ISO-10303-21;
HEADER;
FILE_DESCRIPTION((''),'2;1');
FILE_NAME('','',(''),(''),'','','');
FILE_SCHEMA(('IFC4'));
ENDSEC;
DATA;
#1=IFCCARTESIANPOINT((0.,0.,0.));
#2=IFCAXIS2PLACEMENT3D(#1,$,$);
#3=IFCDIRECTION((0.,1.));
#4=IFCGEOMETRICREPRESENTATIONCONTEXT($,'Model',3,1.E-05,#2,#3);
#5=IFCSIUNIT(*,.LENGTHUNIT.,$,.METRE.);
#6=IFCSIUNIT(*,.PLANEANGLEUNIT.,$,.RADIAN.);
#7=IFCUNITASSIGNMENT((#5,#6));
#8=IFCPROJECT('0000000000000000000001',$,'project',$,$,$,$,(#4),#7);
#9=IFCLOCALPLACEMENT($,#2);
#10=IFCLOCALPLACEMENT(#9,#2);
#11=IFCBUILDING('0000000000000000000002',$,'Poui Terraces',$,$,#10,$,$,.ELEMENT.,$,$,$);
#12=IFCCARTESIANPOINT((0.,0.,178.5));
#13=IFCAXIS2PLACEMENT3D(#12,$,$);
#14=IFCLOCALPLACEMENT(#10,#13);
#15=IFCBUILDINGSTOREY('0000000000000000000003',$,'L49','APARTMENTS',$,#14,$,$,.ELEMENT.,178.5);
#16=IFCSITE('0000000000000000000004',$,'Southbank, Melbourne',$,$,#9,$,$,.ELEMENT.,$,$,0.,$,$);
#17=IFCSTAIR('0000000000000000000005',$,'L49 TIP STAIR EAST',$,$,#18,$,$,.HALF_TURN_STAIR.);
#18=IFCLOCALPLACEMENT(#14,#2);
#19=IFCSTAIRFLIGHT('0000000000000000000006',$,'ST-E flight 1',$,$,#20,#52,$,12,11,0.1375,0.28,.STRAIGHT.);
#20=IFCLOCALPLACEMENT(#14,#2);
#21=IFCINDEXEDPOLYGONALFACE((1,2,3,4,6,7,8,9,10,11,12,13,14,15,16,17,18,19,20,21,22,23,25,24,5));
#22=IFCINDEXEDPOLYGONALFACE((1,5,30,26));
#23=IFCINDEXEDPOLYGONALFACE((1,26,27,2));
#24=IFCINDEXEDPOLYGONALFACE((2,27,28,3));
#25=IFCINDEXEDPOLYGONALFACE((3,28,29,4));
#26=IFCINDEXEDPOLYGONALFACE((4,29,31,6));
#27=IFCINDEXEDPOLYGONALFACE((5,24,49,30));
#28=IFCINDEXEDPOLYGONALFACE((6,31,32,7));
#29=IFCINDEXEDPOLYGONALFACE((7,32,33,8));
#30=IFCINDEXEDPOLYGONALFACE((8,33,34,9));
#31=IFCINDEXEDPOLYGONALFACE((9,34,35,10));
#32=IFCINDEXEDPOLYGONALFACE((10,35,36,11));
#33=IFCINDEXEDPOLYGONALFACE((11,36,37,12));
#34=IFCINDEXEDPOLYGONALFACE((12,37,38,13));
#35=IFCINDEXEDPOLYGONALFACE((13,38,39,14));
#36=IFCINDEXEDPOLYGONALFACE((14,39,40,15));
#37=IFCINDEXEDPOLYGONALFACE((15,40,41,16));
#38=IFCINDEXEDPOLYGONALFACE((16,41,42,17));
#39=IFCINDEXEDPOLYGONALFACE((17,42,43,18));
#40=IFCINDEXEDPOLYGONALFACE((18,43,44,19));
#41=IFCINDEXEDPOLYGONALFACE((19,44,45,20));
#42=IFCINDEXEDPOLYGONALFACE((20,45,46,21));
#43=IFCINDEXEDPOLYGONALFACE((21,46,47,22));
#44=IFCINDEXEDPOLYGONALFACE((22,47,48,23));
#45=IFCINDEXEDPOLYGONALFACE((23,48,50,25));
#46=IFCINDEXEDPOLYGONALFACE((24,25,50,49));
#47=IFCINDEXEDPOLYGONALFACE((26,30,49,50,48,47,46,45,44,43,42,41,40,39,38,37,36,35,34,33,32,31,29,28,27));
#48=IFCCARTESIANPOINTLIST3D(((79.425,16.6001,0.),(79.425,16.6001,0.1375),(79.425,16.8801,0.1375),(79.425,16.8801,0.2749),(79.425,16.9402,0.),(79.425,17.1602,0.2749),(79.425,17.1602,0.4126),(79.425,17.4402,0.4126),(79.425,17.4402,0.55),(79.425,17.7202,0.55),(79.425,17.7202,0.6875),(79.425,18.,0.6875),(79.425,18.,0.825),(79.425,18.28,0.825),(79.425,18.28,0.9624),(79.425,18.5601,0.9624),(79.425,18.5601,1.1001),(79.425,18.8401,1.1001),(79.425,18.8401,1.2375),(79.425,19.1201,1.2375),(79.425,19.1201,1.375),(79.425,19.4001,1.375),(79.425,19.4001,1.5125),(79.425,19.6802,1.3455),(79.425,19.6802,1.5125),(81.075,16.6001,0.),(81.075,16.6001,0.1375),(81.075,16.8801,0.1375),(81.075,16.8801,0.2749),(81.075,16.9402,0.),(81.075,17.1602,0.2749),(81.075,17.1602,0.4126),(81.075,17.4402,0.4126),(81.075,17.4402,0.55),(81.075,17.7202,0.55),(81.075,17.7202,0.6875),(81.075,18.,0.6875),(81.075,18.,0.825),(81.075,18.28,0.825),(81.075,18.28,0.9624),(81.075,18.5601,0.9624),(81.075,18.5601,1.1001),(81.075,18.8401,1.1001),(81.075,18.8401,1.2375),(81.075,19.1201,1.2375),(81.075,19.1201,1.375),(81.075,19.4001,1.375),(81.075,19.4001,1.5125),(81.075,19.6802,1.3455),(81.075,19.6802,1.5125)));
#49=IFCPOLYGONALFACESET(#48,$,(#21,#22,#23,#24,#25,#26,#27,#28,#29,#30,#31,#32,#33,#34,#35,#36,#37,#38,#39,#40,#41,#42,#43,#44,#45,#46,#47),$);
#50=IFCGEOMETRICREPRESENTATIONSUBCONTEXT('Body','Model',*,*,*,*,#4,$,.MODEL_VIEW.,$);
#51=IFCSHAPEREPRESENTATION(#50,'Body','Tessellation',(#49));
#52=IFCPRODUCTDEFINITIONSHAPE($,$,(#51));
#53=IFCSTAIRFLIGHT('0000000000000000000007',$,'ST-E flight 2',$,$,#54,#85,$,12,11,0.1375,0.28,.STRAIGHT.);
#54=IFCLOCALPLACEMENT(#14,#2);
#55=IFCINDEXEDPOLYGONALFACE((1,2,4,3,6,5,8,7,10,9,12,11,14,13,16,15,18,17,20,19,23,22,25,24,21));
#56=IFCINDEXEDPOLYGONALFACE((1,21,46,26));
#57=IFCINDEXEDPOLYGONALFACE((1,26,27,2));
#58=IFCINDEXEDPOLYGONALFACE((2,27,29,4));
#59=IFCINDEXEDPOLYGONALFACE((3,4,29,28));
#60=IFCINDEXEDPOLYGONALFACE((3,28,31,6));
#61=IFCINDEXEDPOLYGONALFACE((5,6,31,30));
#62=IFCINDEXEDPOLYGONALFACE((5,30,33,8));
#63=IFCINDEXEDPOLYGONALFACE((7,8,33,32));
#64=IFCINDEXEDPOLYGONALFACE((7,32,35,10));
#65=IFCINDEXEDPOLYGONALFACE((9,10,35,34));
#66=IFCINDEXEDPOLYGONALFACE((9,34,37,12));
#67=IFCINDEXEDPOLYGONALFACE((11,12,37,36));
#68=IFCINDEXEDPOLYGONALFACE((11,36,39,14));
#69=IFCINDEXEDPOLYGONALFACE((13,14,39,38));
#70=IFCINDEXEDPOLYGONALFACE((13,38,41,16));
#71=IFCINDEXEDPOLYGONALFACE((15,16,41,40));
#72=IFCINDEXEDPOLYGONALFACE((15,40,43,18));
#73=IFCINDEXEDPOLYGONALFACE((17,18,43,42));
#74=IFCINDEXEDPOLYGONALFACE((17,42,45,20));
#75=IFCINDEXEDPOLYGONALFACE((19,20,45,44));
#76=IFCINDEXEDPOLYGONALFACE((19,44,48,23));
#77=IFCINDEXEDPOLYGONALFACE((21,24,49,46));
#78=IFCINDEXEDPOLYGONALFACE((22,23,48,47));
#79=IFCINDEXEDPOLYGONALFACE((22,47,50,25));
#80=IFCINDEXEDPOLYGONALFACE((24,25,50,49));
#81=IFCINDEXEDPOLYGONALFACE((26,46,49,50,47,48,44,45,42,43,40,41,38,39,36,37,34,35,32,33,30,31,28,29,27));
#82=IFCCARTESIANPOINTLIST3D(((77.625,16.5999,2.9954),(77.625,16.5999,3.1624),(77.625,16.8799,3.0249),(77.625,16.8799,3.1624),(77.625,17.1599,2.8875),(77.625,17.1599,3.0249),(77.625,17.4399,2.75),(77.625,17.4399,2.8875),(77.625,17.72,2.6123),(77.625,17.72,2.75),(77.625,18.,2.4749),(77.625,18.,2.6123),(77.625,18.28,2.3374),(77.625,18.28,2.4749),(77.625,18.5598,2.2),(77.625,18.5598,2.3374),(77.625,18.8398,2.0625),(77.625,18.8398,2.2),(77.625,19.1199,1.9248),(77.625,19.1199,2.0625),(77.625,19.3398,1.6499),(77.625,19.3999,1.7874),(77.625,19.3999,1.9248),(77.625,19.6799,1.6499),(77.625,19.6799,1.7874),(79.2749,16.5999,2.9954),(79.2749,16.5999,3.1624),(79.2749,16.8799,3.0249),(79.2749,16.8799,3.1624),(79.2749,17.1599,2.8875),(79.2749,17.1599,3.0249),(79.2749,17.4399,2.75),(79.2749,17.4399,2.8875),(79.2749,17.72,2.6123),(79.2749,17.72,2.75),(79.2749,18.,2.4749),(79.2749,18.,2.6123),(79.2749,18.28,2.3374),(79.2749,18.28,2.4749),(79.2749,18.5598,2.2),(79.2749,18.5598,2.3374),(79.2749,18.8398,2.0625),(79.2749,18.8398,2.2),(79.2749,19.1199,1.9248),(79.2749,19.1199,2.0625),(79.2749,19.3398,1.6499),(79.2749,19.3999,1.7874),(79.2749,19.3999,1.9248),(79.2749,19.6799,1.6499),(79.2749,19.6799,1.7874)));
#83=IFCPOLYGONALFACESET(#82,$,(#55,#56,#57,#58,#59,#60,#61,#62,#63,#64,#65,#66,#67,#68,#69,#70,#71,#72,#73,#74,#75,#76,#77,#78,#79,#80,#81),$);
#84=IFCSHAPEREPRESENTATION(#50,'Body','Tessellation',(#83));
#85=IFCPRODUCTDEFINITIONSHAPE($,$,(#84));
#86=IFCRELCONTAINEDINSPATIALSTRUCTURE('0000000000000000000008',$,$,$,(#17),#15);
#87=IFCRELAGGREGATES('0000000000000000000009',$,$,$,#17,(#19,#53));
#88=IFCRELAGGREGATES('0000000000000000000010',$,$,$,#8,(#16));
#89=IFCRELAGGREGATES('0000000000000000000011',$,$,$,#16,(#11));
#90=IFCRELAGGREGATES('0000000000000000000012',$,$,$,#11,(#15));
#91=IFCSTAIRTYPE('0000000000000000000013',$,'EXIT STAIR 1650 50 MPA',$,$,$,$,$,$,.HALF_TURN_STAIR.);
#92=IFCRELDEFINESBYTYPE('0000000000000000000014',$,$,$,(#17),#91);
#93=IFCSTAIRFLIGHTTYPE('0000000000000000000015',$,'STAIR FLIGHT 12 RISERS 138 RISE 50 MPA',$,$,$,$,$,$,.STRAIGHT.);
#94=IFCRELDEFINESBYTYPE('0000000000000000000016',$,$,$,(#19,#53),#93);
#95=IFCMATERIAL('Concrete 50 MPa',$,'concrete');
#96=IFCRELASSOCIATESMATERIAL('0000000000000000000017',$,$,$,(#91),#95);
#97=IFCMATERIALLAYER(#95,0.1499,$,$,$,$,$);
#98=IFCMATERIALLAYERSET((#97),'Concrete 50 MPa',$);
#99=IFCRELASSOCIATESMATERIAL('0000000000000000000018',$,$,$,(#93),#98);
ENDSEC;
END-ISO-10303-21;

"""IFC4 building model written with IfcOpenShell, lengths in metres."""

from ifc_helpers import new_model, si_unit, direction, frame, origin, place, context, subcontext, project, spatial, polyline, outline, extrude, material, layer, layer_set, type_object, element, aggregate, save


model = new_model("IFC4")

# Units and contexts
model_context = context("Model", 3, precision=1e-05, world=origin(), true_north=direction((0.0, 1.0)))
body_context = subcontext(model_context, "Body", "Model", "MODEL_VIEW")
ifc_project = project(units=[si_unit("LENGTHUNIT", "METRE"), si_unit("PLANEANGLEUNIT", "RADIAN")], contexts=[model_context])

# Site, building, storey
site_placement = place(None, origin())
site = spatial("IfcSite", under=ifc_project, at=site_placement, Name="Southbank, Melbourne", CompositionType="ELEMENT", RefElevation=0.0)
building_placement = place(site_placement, origin())
building = spatial("IfcBuilding", under=site, at=building_placement, Name="Poui Terraces", CompositionType="ELEMENT")
storey_placement = place(building_placement, frame((0.0, 0.0, 178.5)))
storey = spatial("IfcBuildingStorey", under=building, at=storey_placement, Name="L49", Description="APARTMENTS", CompositionType="ELEMENT", Elevation=178.5)

# Shared definitions
ifc_material_1 = material(Name="Concrete 50 MPa", Category="concrete")

# Stair, stair flights
stair_type = type_object("IfcStairType", Name="EXIT STAIR 1650 50 MPA", PredefinedType="HALF_TURN_STAIR", material=ifc_material_1)
ifc_layer_1 = layer(ifc_material_1, 0.1499)
ifc_layer_set_1 = layer_set([ifc_layer_1], Name="Concrete 50 MPa")
stair_flight_type = type_object("IfcStairFlightType", Name="STAIR FLIGHT 12 RISERS 138 RISE 50 MPA", PredefinedType="STRAIGHT", material=ifc_layer_set_1)
stair_1_placement = place(storey_placement, origin())
stair_1 = element("IfcStair", 1, at=stair_1_placement, inside=storey, type_object=stair_type, Name="L49 TIP STAIR EAST", PredefinedType="HALF_TURN_STAIR")
stair_flight_1_placement = place(storey_placement, frame((80.25, 16.6001, 0.0), z_axis=(0.0, 0.0, 1.0), x_axis=(0.0, 1.0, 0.0)))
stair_flight_1 = element("IfcStairFlight", 2, at=stair_flight_1_placement, type_object=stair_flight_type, Name="ST-E flight 1", NumberOfRisers=12, NumberOfTreads=11, PredefinedType="STRAIGHT", RiserHeight=0.1375, TreadLength=0.28, context=body_context, shape_type="SweptSolid", body=[
    extrude(outline(polyline([(0.0, 0.0), (0.0, 0.1375), (0.28, 0.1375), (0.28, 0.2749), (0.5601, 0.2749), (0.5601, 0.4126), (0.8401, 0.4126), (0.8401, 0.55), (1.1201, 0.55), (1.1201, 0.6875), (1.3999, 0.6875), (1.3999, 0.825), (1.6799, 0.825), (1.6799, 0.9624), (1.96, 0.9624), (1.96, 1.1001), (2.24, 1.1001), (2.24, 1.2375), (2.52, 1.2375), (2.52, 1.375), (2.8, 1.375), (2.8, 1.5125), (3.0801, 1.5125), (3.0801, 1.6499), (3.0801, 1.3455), (0.3401, 0.0), (0.0, 0.0)])), frame((0.0, 0.825, 0.0), z_axis=(0.0, -1.0, 0.0), x_axis=(1.0, 0.0, 0.0)), (0.0, 0.0, 1.0), 1.6499),
])
stair_flight_2_placement = place(storey_placement, frame((78.45, 19.6799, 1.6499), z_axis=(0.0, 0.0, 1.0), x_axis=(0.0, -1.0, 0.0)))
stair_flight_2 = element("IfcStairFlight", 3, at=stair_flight_2_placement, type_object=stair_flight_type, Name="ST-E flight 2", NumberOfRisers=12, NumberOfTreads=11, PredefinedType="STRAIGHT", RiserHeight=0.1375, TreadLength=0.28, context=body_context, shape_type="SweptSolid", body=[
    extrude(outline(polyline([(0.0, 0.0), (0.0, 0.1375), (0.28, 0.1375), (0.28, 0.2749), (0.5601, 0.2749), (0.5601, 0.4126), (0.8401, 0.4126), (0.8401, 0.55), (1.1201, 0.55), (1.1201, 0.6875), (1.3999, 0.6875), (1.3999, 0.825), (1.6799, 0.825), (1.6799, 0.9624), (1.96, 0.9624), (1.96, 1.1001), (2.24, 1.1001), (2.24, 1.2375), (2.52, 1.2375), (2.52, 1.375), (2.8, 1.375), (2.8, 1.5125), (3.0801, 1.5125), (3.0801, 1.6499), (3.0801, 1.3455), (0.3401, 0.0), (0.0, 0.0)])), frame((0.0, 0.825, 0.0), z_axis=(0.0, -1.0, 0.0), x_axis=(1.0, 0.0, 0.0)), (0.0, 0.0, 1.0), 1.6499),
])
aggregate(stair_1, [stair_flight_1, stair_flight_2])

save(model, "model.ifc")
